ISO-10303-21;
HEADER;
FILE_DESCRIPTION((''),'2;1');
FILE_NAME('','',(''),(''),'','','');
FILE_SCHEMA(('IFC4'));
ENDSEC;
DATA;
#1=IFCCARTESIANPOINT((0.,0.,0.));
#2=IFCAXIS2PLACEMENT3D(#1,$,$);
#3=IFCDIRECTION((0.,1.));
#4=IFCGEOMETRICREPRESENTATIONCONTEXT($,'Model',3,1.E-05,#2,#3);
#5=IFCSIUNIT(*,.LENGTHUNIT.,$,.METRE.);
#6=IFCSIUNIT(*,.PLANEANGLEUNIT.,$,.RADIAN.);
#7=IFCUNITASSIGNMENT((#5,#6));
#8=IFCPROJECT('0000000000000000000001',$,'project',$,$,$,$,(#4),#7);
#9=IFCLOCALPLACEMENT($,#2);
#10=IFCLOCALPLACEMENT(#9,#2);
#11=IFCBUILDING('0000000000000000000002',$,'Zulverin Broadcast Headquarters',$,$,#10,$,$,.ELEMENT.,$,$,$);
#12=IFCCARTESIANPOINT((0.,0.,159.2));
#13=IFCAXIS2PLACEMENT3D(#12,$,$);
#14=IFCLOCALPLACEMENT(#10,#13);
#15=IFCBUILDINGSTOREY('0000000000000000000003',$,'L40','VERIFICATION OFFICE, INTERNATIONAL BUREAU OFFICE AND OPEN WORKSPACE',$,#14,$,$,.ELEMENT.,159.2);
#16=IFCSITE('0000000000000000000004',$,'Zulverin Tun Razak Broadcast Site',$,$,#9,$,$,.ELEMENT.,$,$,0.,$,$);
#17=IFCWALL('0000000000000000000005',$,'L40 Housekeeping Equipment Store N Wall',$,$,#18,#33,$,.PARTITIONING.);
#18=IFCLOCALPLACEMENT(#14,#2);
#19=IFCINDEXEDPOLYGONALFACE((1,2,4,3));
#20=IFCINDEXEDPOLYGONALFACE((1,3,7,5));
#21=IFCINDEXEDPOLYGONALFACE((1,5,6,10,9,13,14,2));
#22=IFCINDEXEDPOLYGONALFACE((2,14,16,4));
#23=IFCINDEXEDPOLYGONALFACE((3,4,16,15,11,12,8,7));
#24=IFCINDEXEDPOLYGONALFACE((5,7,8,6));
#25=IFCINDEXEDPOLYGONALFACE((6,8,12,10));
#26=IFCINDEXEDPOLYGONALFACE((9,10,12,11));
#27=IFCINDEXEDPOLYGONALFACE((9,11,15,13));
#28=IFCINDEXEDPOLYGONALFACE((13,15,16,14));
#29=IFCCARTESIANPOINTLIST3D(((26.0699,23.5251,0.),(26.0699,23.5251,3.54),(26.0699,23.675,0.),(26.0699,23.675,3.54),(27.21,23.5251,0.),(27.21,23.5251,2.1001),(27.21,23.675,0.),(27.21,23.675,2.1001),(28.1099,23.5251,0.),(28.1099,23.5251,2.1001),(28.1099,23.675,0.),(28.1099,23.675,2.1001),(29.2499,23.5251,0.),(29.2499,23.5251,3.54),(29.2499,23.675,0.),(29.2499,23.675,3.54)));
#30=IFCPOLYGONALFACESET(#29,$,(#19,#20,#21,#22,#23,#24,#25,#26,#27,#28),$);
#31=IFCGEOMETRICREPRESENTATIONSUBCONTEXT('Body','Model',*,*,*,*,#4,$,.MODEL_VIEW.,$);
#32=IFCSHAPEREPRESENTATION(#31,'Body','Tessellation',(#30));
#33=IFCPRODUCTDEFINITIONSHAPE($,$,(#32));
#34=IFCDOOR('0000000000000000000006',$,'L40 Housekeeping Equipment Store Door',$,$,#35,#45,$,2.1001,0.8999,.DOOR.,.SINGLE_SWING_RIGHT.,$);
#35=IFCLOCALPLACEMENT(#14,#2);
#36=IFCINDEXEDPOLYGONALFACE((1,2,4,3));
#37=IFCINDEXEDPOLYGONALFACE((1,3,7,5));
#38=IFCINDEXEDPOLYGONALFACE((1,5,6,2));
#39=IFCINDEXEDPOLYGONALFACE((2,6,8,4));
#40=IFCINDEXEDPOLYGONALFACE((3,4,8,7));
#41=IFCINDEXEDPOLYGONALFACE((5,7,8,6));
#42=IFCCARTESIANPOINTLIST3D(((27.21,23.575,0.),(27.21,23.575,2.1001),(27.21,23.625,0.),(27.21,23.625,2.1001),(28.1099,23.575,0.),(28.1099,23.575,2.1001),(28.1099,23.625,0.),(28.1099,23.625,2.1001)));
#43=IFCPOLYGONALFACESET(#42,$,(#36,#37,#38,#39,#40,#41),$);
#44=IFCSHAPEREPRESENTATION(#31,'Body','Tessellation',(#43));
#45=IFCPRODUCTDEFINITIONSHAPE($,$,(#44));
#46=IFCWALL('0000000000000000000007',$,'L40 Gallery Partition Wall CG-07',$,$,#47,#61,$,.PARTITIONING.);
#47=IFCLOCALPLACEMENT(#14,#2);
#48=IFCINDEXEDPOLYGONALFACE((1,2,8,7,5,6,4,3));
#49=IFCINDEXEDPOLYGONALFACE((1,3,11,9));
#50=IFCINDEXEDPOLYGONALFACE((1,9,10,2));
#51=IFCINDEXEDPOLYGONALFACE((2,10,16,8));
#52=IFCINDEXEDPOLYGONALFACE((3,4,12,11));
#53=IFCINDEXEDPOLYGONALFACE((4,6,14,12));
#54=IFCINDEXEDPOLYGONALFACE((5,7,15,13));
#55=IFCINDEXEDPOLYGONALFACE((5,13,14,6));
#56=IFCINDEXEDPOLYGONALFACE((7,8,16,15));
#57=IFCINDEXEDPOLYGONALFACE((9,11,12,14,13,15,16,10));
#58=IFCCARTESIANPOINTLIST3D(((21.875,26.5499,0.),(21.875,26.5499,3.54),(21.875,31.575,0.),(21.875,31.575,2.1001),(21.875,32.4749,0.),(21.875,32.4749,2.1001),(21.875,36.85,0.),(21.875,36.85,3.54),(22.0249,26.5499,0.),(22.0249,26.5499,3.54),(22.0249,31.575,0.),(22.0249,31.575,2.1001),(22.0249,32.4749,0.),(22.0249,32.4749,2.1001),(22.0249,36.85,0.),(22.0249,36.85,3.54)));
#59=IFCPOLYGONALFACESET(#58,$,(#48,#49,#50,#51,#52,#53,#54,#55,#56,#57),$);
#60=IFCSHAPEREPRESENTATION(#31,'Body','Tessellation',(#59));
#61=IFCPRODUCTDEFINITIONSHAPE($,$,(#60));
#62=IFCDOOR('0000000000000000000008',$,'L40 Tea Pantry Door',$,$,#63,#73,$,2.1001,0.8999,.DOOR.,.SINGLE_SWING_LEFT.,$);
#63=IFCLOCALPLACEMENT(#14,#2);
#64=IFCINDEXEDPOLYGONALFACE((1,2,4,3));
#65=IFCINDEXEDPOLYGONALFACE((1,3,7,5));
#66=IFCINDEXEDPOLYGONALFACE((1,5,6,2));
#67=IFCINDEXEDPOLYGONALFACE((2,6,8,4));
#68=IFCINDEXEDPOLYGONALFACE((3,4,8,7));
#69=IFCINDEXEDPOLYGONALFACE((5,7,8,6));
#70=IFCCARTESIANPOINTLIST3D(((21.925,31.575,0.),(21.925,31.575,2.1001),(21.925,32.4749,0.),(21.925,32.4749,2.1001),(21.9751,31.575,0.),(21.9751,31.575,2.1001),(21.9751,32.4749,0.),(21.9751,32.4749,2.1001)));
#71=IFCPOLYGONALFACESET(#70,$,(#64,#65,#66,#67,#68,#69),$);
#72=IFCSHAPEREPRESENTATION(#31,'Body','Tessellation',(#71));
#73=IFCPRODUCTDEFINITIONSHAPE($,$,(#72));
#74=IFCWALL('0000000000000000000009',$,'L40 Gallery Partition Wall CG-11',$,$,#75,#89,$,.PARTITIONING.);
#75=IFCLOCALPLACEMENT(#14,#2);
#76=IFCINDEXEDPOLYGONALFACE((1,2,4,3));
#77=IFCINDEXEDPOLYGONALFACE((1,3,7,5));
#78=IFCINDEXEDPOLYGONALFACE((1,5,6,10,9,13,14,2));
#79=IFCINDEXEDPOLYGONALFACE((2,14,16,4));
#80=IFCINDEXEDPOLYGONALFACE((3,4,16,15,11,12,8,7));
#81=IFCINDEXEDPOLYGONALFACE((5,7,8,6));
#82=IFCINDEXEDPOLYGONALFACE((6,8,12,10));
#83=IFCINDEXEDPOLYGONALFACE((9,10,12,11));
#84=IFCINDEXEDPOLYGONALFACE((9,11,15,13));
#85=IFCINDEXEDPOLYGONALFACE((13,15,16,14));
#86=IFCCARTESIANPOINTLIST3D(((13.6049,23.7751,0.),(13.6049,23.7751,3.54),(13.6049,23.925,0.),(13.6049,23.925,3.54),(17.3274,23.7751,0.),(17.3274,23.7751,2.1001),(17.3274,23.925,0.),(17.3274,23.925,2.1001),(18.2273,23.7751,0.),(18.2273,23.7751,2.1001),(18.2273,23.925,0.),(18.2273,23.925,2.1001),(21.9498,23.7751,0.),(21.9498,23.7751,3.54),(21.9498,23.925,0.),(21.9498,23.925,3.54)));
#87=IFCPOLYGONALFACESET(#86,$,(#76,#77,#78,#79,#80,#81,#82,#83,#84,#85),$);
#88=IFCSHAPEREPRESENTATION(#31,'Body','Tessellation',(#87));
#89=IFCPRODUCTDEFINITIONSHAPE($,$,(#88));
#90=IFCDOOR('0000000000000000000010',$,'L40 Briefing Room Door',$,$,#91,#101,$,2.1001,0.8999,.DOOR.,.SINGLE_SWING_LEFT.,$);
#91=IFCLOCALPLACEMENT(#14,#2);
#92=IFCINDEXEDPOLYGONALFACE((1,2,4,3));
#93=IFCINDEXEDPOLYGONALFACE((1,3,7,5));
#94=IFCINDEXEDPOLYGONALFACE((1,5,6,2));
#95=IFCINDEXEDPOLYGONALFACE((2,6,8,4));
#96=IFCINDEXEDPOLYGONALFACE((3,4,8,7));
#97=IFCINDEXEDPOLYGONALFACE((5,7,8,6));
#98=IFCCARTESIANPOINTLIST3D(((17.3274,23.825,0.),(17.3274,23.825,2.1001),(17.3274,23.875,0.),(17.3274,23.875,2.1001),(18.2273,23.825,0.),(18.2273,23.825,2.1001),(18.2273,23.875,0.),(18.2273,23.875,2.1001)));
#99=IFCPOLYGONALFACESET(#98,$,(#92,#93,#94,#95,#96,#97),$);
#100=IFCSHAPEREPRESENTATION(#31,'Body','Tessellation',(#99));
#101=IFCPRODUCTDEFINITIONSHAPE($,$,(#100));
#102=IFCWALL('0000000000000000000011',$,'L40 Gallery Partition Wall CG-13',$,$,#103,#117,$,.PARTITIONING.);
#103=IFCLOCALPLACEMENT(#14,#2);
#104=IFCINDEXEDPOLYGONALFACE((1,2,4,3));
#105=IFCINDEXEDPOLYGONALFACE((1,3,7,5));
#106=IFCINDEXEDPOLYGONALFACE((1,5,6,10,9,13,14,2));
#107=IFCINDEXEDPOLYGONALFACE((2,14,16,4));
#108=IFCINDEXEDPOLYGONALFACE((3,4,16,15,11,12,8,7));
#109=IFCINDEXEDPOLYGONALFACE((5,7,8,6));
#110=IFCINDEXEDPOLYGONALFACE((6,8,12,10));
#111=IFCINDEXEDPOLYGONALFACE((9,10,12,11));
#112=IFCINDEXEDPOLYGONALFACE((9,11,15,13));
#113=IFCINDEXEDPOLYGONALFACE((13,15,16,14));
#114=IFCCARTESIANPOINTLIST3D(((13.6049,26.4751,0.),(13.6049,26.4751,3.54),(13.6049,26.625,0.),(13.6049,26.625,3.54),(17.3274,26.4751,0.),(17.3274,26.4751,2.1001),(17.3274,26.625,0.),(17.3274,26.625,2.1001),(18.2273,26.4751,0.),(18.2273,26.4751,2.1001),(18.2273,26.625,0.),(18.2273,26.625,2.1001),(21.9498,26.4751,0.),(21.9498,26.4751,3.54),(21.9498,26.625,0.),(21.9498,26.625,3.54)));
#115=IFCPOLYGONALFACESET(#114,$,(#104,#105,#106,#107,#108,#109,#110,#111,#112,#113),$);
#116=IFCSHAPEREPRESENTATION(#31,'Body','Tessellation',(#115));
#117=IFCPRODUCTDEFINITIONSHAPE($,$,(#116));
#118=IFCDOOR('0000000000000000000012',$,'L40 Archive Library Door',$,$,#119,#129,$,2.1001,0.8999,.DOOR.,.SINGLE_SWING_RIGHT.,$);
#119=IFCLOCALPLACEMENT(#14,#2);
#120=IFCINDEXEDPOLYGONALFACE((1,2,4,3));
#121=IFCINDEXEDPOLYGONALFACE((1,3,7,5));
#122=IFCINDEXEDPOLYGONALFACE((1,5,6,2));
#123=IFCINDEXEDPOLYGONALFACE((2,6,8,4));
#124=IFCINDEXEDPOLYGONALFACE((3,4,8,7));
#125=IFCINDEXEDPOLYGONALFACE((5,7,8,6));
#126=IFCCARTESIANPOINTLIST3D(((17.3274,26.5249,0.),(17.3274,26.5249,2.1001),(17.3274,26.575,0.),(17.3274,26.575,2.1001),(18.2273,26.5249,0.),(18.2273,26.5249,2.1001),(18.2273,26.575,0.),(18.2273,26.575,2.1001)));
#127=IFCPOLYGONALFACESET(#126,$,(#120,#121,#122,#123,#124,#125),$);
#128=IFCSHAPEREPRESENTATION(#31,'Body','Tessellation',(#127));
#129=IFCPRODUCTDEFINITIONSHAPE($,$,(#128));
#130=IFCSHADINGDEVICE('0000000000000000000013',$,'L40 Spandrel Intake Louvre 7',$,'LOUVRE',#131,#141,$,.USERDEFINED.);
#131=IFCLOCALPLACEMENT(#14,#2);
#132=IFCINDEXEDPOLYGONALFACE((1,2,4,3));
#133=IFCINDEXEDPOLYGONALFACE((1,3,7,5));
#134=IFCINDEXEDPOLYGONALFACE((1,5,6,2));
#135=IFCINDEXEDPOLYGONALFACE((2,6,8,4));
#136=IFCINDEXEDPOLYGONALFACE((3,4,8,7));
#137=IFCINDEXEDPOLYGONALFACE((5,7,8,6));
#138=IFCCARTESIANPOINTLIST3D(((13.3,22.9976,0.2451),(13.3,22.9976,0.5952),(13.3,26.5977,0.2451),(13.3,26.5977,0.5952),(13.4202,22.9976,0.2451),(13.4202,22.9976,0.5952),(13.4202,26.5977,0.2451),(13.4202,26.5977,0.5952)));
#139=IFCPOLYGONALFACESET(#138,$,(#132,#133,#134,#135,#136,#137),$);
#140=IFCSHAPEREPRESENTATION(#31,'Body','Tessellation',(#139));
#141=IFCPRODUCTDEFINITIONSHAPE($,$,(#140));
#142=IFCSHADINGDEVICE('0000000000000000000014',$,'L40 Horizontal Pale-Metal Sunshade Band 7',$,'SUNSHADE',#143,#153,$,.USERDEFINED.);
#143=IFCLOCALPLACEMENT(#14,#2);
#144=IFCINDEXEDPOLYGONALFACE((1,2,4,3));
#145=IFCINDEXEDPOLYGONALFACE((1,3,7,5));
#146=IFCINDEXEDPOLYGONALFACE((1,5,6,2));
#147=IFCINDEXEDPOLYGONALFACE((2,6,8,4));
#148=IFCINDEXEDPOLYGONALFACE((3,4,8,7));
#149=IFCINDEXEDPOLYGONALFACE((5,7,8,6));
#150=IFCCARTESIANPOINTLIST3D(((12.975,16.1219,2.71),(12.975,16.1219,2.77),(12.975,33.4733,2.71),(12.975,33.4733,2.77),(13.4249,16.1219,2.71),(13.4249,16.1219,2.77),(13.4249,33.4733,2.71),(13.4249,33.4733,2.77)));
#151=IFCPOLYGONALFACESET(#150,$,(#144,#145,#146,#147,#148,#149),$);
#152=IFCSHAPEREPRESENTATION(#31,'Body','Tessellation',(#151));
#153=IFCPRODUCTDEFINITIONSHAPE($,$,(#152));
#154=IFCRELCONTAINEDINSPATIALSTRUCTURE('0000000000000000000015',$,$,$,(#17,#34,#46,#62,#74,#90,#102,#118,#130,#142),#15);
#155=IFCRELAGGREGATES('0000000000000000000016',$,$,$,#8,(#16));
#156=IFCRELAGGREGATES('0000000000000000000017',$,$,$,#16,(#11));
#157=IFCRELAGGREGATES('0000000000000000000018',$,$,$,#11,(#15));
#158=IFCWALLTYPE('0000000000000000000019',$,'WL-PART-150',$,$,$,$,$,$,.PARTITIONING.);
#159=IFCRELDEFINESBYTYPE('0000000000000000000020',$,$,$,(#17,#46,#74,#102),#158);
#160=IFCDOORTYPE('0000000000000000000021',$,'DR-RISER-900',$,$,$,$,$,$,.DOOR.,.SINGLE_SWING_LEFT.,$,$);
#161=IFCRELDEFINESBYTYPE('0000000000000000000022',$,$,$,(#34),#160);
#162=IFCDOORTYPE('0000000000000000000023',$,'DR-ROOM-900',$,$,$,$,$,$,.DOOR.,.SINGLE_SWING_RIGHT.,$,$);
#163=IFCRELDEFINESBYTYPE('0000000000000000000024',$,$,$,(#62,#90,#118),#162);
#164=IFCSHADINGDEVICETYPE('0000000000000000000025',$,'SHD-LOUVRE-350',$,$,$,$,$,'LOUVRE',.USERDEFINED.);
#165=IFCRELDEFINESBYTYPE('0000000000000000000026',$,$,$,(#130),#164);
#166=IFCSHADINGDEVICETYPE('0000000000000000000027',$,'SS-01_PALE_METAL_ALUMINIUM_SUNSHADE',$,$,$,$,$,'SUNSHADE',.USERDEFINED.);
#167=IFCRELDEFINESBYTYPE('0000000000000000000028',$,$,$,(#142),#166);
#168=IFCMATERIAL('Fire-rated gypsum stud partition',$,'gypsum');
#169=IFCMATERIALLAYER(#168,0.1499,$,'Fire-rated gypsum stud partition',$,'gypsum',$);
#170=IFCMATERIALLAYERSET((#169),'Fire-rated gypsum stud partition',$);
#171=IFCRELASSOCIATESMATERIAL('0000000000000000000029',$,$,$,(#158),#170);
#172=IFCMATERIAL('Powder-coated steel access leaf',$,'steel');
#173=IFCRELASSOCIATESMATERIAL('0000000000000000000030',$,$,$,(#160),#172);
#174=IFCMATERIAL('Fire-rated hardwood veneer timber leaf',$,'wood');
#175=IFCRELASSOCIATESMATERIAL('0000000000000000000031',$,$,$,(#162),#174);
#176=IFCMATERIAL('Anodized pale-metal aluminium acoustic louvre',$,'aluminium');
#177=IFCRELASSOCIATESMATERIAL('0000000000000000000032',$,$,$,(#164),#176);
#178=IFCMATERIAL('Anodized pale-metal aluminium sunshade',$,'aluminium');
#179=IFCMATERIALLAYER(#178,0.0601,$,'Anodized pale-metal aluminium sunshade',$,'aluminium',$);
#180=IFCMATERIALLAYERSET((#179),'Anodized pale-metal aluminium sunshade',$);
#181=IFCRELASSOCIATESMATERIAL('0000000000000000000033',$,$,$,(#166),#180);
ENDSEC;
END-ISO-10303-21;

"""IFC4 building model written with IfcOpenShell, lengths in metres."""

from ifc_helpers import new_model, si_unit, direction, frame, frame_2d, origin, origin_2d, place, context, subcontext, project, spatial, rectangle, extrude, material, layer, layer_set, type_object, element, fill, save


model = new_model("IFC4")

# Units and contexts
model_context = context("Model", 3, precision=1e-05, world=origin(), true_north=direction((0.0, 1.0)))
body_context = subcontext(model_context, "Body", "Model", "MODEL_VIEW")
ifc_project = project(units=[si_unit("LENGTHUNIT", "METRE"), si_unit("PLANEANGLEUNIT", "RADIAN")], contexts=[model_context])

# Site, building, storey
site_placement = place(None, origin())
site = spatial("IfcSite", under=ifc_project, at=site_placement, Name="Zulverin Tun Razak Broadcast Site", CompositionType="ELEMENT", RefElevation=0.0)
building_placement = place(site_placement, origin())
building = spatial("IfcBuilding", under=site, at=building_placement, Name="Zulverin Broadcast Headquarters", CompositionType="ELEMENT")
storey_placement = place(building_placement, frame((0.0, 0.0, 159.2)))
storey = spatial("IfcBuildingStorey", under=building, at=storey_placement, Name="L40", Description="VERIFICATION OFFICE, INTERNATIONAL BUREAU OFFICE AND OPEN WORKSPACE", CompositionType="ELEMENT", Elevation=159.2)

# Shared definitions
ifc_material_1 = material(Name="Fire-rated gypsum stud partition", Category="gypsum")
ifc_layer_1 = layer(ifc_material_1, 0.1499, Name="Fire-rated gypsum stud partition", Category="gypsum")
ifc_layer_set_1 = layer_set([ifc_layer_1], Name="Fire-rated gypsum stud partition")
wall_type_1 = type_object("IfcWallType", Name="WL-PART-150", PredefinedType="PARTITIONING", material=ifc_layer_set_1)

# Shared definitions
ifc_material_2 = material(Name="Powder-coated steel access leaf", Category="steel")
door_type_1 = type_object("IfcDoorType", Name="DR-RISER-900", OperationType="SINGLE_SWING_LEFT", PredefinedType="DOOR", material=ifc_material_2)

# Walls, openings, doors
wall_1_placement = place(storey_placement, frame((26.0701, 23.6001, 0.0), z_axis=(0.0, 0.0, 1.0), x_axis=(1.0, 0.0, 0.0)))
wall_1 = element("IfcWall", 1, at=wall_1_placement, inside=storey, type_object=wall_type_1, Name="L40 Housekeeping Equipment Store N Wall", PredefinedType="PARTITIONING", context=body_context, shape_type="SweptSolid", body=[
    extrude(rectangle(XDim=3.1799, YDim=0.1499, at=frame_2d((1.5898, 0.0))), origin(), (0.0, 0.0, 1.0), 3.54),
])
opening_1_placement = place(wall_1_placement, frame((1.1399, 0.0, 0.0)))
opening_1 = element("IfcOpeningElement", 2, at=opening_1_placement, cuts=wall_1, PredefinedType="OPENING", context=body_context, shape_type="SweptSolid", body=[
    extrude(rectangle(XDim=0.8999, YDim=2.1001, at=frame_2d((0.45, 1.05))), frame((0.0, 0.085, 0.0), z_axis=(0.0, -1.0, 0.0), x_axis=(1.0, 0.0, 0.0)), (0.0, 0.0, 1.0), 0.1699),
])
door_1_placement = place(opening_1_placement, origin())
door_1 = element("IfcDoor", 3, at=door_1_placement, inside=storey, type_object=door_type_1, Name="L40 Housekeeping Equipment Store Door", OperationType="SINGLE_SWING_RIGHT", OverallHeight=2.1001, OverallWidth=0.8999, PredefinedType="DOOR", context=body_context, shape_type="SweptSolid", body=[
    extrude(rectangle(XDim=0.8999, YDim=2.1001, at=frame_2d((0.45, 1.05))), frame((0.0, 0.0249, 0.0), z_axis=(0.0, -1.0, 0.0), x_axis=(1.0, 0.0, 0.0)), (0.0, 0.0, 1.0), 0.05),
])
fill(opening_1, door_1)
wall_2_placement = place(storey_placement, frame((21.95, 26.55, 0.0), z_axis=(0.0, 0.0, 1.0), x_axis=(0.0, 1.0, 0.0)))
wall_2 = element("IfcWall", 4, at=wall_2_placement, inside=storey, type_object=wall_type_1, Name="L40 Gallery Partition Wall CG-07", PredefinedType="PARTITIONING", context=body_context, shape_type="SweptSolid", body=[
    extrude(rectangle(XDim=10.3, YDim=0.1499, at=frame_2d((5.1499, 0.0))), origin(), (0.0, 0.0, 1.0), 3.54),
])
opening_2_placement = place(wall_2_placement, frame((5.0249, 0.0, 0.0)))
opening_2 = element("IfcOpeningElement", 5, at=opening_2_placement, cuts=wall_2, PredefinedType="OPENING", context=body_context, shape_type="SweptSolid", body=[
    extrude(rectangle(XDim=0.8999, YDim=2.1001, at=frame_2d((0.45, 1.05))), frame((0.0, 0.085, 0.0), z_axis=(0.0, -1.0, 0.0), x_axis=(1.0, 0.0, 0.0)), (0.0, 0.0, 1.0), 0.1699),
])
ifc_material_3 = material(Name="Fire-rated hardwood veneer timber leaf", Category="wood")
door_type_2 = type_object("IfcDoorType", Name="DR-ROOM-900", OperationType="SINGLE_SWING_RIGHT", PredefinedType="DOOR", material=ifc_material_3)
door_2_placement = place(opening_2_placement, origin())
door_2 = element("IfcDoor", 6, at=door_2_placement, inside=storey, type_object=door_type_2, Name="L40 Tea Pantry Door", OperationType="SINGLE_SWING_LEFT", OverallHeight=2.1001, OverallWidth=0.8999, PredefinedType="DOOR", context=body_context, shape_type="SweptSolid", body=[
    extrude(rectangle(XDim=0.8999, YDim=2.1001, at=frame_2d((0.45, 1.05))), frame((0.0, 0.0249, 0.0), z_axis=(0.0, -1.0, 0.0), x_axis=(1.0, 0.0, 0.0)), (0.0, 0.0, 1.0), 0.05),
])
fill(opening_2, door_2)
wall_3_placement = place(storey_placement, frame((13.605, 23.8501, 0.0), z_axis=(0.0, 0.0, 1.0), x_axis=(1.0, 0.0, 0.0)))
wall_3 = element("IfcWall", 7, at=wall_3_placement, inside=storey, type_object=wall_type_1, Name="L40 Gallery Partition Wall CG-11", PredefinedType="PARTITIONING", context=body_context, shape_type="SweptSolid", body=[
    extrude(rectangle(XDim=8.345, YDim=0.1499, at=frame_2d((4.1724, 0.0))), origin(), (0.0, 0.0, 1.0), 3.54),
])
opening_3_placement = place(wall_3_placement, frame((3.7224, 0.0, 0.0)))
opening_3 = element("IfcOpeningElement", 8, at=opening_3_placement, cuts=wall_3, PredefinedType="OPENING", context=body_context, shape_type="SweptSolid", body=[
    extrude(rectangle(XDim=0.8999, YDim=2.1001, at=frame_2d((0.45, 1.05))), frame((0.0, 0.085, 0.0), z_axis=(0.0, -1.0, 0.0), x_axis=(1.0, 0.0, 0.0)), (0.0, 0.0, 1.0), 0.1699),
])
door_3_placement = place(opening_3_placement, origin())
door_3 = element("IfcDoor", 9, at=door_3_placement, inside=storey, type_object=door_type_2, Name="L40 Briefing Room Door", OperationType="SINGLE_SWING_LEFT", OverallHeight=2.1001, OverallWidth=0.8999, PredefinedType="DOOR", context=body_context, shape_type="SweptSolid", body=[
    extrude(rectangle(XDim=0.8999, YDim=2.1001, at=frame_2d((0.45, 1.05))), frame((0.0, 0.0249, 0.0), z_axis=(0.0, -1.0, 0.0), x_axis=(1.0, 0.0, 0.0)), (0.0, 0.0, 1.0), 0.05),
])
fill(opening_3, door_3)
wall_4_placement = place(storey_placement, frame((13.605, 26.55, 0.0), z_axis=(0.0, 0.0, 1.0), x_axis=(1.0, 0.0, 0.0)))
wall_4 = element("IfcWall", 10, at=wall_4_placement, inside=storey, type_object=wall_type_1, Name="L40 Gallery Partition Wall CG-13", PredefinedType="PARTITIONING", context=body_context, shape_type="SweptSolid", body=[
    extrude(rectangle(XDim=8.345, YDim=0.1499, at=frame_2d((4.1724, 0.0))), origin(), (0.0, 0.0, 1.0), 3.54),
])
opening_4_placement = place(wall_4_placement, frame((3.7224, 0.0, 0.0)))
opening_4 = element("IfcOpeningElement", 11, at=opening_4_placement, cuts=wall_4, PredefinedType="OPENING", context=body_context, shape_type="SweptSolid", body=[
    extrude(rectangle(XDim=0.8999, YDim=2.1001, at=frame_2d((0.45, 1.05))), frame((0.0, 0.085, 0.0), z_axis=(0.0, -1.0, 0.0), x_axis=(1.0, 0.0, 0.0)), (0.0, 0.0, 1.0), 0.1699),
])
door_4_placement = place(opening_4_placement, origin())
door_4 = element("IfcDoor", 12, at=door_4_placement, inside=storey, type_object=door_type_2, Name="L40 Archive Library Door", OperationType="SINGLE_SWING_RIGHT", OverallHeight=2.1001, OverallWidth=0.8999, PredefinedType="DOOR", context=body_context, shape_type="SweptSolid", body=[
    extrude(rectangle(XDim=0.8999, YDim=2.1001, at=frame_2d((0.45, 1.05))), frame((0.0, 0.0249, 0.0), z_axis=(0.0, -1.0, 0.0), x_axis=(1.0, 0.0, 0.0)), (0.0, 0.0, 1.0), 0.05),
])
fill(opening_4, door_4)

# Shading devices
ifc_material_4 = material(Name="Anodized pale-metal aluminium acoustic louvre", Category="aluminium")
shading_device_type_1 = type_object("IfcShadingDeviceType", Name="SHD-LOUVRE-350", ElementType="LOUVRE", PredefinedType="USERDEFINED", material=ifc_material_4)
shading_device_1_placement = place(storey_placement, frame((13.3601, 24.7976, 0.2451), z_axis=(0.0, 0.0, 1.0), x_axis=(0.0, -1.0, 0.0)))
element("IfcShadingDevice", 13, at=shading_device_1_placement, inside=storey, type_object=shading_device_type_1, Name="L40 Spandrel Intake Louvre 7", ObjectType="LOUVRE", PredefinedType="USERDEFINED", context=body_context, shape_type="SweptSolid", body=[
    extrude(rectangle(XDim=3.6001, YDim=0.1201, at=origin_2d()), origin(), (0.0, 0.0, 1.0), 0.3501),
])
ifc_material_5 = material(Name="Anodized pale-metal aluminium sunshade", Category="aluminium")
ifc_layer_2 = layer(ifc_material_5, 0.0601, Name="Anodized pale-metal aluminium sunshade", Category="aluminium")
ifc_layer_set_2 = layer_set([ifc_layer_2], Name="Anodized pale-metal aluminium sunshade")
shading_device_type_2 = type_object("IfcShadingDeviceType", Name="SS-01_PALE_METAL_ALUMINIUM_SUNSHADE", ElementType="SUNSHADE", PredefinedType="USERDEFINED", material=ifc_layer_set_2)
shading_device_2_placement = place(storey_placement, frame((13.2, 24.7976, 2.71), z_axis=(0.0, 0.0, 1.0), x_axis=(0.0, -1.0, 0.0)))
element("IfcShadingDevice", 14, at=shading_device_2_placement, inside=storey, type_object=shading_device_type_2, Name="L40 Horizontal Pale-Metal Sunshade Band 7", ObjectType="SUNSHADE", PredefinedType="USERDEFINED", context=body_context, shape_type="SweptSolid", body=[
    extrude(rectangle(XDim=17.3513, YDim=0.45, at=origin_2d()), origin(), (0.0, 0.0, 1.0), 0.0601),
])

save(model, "model.ifc")
